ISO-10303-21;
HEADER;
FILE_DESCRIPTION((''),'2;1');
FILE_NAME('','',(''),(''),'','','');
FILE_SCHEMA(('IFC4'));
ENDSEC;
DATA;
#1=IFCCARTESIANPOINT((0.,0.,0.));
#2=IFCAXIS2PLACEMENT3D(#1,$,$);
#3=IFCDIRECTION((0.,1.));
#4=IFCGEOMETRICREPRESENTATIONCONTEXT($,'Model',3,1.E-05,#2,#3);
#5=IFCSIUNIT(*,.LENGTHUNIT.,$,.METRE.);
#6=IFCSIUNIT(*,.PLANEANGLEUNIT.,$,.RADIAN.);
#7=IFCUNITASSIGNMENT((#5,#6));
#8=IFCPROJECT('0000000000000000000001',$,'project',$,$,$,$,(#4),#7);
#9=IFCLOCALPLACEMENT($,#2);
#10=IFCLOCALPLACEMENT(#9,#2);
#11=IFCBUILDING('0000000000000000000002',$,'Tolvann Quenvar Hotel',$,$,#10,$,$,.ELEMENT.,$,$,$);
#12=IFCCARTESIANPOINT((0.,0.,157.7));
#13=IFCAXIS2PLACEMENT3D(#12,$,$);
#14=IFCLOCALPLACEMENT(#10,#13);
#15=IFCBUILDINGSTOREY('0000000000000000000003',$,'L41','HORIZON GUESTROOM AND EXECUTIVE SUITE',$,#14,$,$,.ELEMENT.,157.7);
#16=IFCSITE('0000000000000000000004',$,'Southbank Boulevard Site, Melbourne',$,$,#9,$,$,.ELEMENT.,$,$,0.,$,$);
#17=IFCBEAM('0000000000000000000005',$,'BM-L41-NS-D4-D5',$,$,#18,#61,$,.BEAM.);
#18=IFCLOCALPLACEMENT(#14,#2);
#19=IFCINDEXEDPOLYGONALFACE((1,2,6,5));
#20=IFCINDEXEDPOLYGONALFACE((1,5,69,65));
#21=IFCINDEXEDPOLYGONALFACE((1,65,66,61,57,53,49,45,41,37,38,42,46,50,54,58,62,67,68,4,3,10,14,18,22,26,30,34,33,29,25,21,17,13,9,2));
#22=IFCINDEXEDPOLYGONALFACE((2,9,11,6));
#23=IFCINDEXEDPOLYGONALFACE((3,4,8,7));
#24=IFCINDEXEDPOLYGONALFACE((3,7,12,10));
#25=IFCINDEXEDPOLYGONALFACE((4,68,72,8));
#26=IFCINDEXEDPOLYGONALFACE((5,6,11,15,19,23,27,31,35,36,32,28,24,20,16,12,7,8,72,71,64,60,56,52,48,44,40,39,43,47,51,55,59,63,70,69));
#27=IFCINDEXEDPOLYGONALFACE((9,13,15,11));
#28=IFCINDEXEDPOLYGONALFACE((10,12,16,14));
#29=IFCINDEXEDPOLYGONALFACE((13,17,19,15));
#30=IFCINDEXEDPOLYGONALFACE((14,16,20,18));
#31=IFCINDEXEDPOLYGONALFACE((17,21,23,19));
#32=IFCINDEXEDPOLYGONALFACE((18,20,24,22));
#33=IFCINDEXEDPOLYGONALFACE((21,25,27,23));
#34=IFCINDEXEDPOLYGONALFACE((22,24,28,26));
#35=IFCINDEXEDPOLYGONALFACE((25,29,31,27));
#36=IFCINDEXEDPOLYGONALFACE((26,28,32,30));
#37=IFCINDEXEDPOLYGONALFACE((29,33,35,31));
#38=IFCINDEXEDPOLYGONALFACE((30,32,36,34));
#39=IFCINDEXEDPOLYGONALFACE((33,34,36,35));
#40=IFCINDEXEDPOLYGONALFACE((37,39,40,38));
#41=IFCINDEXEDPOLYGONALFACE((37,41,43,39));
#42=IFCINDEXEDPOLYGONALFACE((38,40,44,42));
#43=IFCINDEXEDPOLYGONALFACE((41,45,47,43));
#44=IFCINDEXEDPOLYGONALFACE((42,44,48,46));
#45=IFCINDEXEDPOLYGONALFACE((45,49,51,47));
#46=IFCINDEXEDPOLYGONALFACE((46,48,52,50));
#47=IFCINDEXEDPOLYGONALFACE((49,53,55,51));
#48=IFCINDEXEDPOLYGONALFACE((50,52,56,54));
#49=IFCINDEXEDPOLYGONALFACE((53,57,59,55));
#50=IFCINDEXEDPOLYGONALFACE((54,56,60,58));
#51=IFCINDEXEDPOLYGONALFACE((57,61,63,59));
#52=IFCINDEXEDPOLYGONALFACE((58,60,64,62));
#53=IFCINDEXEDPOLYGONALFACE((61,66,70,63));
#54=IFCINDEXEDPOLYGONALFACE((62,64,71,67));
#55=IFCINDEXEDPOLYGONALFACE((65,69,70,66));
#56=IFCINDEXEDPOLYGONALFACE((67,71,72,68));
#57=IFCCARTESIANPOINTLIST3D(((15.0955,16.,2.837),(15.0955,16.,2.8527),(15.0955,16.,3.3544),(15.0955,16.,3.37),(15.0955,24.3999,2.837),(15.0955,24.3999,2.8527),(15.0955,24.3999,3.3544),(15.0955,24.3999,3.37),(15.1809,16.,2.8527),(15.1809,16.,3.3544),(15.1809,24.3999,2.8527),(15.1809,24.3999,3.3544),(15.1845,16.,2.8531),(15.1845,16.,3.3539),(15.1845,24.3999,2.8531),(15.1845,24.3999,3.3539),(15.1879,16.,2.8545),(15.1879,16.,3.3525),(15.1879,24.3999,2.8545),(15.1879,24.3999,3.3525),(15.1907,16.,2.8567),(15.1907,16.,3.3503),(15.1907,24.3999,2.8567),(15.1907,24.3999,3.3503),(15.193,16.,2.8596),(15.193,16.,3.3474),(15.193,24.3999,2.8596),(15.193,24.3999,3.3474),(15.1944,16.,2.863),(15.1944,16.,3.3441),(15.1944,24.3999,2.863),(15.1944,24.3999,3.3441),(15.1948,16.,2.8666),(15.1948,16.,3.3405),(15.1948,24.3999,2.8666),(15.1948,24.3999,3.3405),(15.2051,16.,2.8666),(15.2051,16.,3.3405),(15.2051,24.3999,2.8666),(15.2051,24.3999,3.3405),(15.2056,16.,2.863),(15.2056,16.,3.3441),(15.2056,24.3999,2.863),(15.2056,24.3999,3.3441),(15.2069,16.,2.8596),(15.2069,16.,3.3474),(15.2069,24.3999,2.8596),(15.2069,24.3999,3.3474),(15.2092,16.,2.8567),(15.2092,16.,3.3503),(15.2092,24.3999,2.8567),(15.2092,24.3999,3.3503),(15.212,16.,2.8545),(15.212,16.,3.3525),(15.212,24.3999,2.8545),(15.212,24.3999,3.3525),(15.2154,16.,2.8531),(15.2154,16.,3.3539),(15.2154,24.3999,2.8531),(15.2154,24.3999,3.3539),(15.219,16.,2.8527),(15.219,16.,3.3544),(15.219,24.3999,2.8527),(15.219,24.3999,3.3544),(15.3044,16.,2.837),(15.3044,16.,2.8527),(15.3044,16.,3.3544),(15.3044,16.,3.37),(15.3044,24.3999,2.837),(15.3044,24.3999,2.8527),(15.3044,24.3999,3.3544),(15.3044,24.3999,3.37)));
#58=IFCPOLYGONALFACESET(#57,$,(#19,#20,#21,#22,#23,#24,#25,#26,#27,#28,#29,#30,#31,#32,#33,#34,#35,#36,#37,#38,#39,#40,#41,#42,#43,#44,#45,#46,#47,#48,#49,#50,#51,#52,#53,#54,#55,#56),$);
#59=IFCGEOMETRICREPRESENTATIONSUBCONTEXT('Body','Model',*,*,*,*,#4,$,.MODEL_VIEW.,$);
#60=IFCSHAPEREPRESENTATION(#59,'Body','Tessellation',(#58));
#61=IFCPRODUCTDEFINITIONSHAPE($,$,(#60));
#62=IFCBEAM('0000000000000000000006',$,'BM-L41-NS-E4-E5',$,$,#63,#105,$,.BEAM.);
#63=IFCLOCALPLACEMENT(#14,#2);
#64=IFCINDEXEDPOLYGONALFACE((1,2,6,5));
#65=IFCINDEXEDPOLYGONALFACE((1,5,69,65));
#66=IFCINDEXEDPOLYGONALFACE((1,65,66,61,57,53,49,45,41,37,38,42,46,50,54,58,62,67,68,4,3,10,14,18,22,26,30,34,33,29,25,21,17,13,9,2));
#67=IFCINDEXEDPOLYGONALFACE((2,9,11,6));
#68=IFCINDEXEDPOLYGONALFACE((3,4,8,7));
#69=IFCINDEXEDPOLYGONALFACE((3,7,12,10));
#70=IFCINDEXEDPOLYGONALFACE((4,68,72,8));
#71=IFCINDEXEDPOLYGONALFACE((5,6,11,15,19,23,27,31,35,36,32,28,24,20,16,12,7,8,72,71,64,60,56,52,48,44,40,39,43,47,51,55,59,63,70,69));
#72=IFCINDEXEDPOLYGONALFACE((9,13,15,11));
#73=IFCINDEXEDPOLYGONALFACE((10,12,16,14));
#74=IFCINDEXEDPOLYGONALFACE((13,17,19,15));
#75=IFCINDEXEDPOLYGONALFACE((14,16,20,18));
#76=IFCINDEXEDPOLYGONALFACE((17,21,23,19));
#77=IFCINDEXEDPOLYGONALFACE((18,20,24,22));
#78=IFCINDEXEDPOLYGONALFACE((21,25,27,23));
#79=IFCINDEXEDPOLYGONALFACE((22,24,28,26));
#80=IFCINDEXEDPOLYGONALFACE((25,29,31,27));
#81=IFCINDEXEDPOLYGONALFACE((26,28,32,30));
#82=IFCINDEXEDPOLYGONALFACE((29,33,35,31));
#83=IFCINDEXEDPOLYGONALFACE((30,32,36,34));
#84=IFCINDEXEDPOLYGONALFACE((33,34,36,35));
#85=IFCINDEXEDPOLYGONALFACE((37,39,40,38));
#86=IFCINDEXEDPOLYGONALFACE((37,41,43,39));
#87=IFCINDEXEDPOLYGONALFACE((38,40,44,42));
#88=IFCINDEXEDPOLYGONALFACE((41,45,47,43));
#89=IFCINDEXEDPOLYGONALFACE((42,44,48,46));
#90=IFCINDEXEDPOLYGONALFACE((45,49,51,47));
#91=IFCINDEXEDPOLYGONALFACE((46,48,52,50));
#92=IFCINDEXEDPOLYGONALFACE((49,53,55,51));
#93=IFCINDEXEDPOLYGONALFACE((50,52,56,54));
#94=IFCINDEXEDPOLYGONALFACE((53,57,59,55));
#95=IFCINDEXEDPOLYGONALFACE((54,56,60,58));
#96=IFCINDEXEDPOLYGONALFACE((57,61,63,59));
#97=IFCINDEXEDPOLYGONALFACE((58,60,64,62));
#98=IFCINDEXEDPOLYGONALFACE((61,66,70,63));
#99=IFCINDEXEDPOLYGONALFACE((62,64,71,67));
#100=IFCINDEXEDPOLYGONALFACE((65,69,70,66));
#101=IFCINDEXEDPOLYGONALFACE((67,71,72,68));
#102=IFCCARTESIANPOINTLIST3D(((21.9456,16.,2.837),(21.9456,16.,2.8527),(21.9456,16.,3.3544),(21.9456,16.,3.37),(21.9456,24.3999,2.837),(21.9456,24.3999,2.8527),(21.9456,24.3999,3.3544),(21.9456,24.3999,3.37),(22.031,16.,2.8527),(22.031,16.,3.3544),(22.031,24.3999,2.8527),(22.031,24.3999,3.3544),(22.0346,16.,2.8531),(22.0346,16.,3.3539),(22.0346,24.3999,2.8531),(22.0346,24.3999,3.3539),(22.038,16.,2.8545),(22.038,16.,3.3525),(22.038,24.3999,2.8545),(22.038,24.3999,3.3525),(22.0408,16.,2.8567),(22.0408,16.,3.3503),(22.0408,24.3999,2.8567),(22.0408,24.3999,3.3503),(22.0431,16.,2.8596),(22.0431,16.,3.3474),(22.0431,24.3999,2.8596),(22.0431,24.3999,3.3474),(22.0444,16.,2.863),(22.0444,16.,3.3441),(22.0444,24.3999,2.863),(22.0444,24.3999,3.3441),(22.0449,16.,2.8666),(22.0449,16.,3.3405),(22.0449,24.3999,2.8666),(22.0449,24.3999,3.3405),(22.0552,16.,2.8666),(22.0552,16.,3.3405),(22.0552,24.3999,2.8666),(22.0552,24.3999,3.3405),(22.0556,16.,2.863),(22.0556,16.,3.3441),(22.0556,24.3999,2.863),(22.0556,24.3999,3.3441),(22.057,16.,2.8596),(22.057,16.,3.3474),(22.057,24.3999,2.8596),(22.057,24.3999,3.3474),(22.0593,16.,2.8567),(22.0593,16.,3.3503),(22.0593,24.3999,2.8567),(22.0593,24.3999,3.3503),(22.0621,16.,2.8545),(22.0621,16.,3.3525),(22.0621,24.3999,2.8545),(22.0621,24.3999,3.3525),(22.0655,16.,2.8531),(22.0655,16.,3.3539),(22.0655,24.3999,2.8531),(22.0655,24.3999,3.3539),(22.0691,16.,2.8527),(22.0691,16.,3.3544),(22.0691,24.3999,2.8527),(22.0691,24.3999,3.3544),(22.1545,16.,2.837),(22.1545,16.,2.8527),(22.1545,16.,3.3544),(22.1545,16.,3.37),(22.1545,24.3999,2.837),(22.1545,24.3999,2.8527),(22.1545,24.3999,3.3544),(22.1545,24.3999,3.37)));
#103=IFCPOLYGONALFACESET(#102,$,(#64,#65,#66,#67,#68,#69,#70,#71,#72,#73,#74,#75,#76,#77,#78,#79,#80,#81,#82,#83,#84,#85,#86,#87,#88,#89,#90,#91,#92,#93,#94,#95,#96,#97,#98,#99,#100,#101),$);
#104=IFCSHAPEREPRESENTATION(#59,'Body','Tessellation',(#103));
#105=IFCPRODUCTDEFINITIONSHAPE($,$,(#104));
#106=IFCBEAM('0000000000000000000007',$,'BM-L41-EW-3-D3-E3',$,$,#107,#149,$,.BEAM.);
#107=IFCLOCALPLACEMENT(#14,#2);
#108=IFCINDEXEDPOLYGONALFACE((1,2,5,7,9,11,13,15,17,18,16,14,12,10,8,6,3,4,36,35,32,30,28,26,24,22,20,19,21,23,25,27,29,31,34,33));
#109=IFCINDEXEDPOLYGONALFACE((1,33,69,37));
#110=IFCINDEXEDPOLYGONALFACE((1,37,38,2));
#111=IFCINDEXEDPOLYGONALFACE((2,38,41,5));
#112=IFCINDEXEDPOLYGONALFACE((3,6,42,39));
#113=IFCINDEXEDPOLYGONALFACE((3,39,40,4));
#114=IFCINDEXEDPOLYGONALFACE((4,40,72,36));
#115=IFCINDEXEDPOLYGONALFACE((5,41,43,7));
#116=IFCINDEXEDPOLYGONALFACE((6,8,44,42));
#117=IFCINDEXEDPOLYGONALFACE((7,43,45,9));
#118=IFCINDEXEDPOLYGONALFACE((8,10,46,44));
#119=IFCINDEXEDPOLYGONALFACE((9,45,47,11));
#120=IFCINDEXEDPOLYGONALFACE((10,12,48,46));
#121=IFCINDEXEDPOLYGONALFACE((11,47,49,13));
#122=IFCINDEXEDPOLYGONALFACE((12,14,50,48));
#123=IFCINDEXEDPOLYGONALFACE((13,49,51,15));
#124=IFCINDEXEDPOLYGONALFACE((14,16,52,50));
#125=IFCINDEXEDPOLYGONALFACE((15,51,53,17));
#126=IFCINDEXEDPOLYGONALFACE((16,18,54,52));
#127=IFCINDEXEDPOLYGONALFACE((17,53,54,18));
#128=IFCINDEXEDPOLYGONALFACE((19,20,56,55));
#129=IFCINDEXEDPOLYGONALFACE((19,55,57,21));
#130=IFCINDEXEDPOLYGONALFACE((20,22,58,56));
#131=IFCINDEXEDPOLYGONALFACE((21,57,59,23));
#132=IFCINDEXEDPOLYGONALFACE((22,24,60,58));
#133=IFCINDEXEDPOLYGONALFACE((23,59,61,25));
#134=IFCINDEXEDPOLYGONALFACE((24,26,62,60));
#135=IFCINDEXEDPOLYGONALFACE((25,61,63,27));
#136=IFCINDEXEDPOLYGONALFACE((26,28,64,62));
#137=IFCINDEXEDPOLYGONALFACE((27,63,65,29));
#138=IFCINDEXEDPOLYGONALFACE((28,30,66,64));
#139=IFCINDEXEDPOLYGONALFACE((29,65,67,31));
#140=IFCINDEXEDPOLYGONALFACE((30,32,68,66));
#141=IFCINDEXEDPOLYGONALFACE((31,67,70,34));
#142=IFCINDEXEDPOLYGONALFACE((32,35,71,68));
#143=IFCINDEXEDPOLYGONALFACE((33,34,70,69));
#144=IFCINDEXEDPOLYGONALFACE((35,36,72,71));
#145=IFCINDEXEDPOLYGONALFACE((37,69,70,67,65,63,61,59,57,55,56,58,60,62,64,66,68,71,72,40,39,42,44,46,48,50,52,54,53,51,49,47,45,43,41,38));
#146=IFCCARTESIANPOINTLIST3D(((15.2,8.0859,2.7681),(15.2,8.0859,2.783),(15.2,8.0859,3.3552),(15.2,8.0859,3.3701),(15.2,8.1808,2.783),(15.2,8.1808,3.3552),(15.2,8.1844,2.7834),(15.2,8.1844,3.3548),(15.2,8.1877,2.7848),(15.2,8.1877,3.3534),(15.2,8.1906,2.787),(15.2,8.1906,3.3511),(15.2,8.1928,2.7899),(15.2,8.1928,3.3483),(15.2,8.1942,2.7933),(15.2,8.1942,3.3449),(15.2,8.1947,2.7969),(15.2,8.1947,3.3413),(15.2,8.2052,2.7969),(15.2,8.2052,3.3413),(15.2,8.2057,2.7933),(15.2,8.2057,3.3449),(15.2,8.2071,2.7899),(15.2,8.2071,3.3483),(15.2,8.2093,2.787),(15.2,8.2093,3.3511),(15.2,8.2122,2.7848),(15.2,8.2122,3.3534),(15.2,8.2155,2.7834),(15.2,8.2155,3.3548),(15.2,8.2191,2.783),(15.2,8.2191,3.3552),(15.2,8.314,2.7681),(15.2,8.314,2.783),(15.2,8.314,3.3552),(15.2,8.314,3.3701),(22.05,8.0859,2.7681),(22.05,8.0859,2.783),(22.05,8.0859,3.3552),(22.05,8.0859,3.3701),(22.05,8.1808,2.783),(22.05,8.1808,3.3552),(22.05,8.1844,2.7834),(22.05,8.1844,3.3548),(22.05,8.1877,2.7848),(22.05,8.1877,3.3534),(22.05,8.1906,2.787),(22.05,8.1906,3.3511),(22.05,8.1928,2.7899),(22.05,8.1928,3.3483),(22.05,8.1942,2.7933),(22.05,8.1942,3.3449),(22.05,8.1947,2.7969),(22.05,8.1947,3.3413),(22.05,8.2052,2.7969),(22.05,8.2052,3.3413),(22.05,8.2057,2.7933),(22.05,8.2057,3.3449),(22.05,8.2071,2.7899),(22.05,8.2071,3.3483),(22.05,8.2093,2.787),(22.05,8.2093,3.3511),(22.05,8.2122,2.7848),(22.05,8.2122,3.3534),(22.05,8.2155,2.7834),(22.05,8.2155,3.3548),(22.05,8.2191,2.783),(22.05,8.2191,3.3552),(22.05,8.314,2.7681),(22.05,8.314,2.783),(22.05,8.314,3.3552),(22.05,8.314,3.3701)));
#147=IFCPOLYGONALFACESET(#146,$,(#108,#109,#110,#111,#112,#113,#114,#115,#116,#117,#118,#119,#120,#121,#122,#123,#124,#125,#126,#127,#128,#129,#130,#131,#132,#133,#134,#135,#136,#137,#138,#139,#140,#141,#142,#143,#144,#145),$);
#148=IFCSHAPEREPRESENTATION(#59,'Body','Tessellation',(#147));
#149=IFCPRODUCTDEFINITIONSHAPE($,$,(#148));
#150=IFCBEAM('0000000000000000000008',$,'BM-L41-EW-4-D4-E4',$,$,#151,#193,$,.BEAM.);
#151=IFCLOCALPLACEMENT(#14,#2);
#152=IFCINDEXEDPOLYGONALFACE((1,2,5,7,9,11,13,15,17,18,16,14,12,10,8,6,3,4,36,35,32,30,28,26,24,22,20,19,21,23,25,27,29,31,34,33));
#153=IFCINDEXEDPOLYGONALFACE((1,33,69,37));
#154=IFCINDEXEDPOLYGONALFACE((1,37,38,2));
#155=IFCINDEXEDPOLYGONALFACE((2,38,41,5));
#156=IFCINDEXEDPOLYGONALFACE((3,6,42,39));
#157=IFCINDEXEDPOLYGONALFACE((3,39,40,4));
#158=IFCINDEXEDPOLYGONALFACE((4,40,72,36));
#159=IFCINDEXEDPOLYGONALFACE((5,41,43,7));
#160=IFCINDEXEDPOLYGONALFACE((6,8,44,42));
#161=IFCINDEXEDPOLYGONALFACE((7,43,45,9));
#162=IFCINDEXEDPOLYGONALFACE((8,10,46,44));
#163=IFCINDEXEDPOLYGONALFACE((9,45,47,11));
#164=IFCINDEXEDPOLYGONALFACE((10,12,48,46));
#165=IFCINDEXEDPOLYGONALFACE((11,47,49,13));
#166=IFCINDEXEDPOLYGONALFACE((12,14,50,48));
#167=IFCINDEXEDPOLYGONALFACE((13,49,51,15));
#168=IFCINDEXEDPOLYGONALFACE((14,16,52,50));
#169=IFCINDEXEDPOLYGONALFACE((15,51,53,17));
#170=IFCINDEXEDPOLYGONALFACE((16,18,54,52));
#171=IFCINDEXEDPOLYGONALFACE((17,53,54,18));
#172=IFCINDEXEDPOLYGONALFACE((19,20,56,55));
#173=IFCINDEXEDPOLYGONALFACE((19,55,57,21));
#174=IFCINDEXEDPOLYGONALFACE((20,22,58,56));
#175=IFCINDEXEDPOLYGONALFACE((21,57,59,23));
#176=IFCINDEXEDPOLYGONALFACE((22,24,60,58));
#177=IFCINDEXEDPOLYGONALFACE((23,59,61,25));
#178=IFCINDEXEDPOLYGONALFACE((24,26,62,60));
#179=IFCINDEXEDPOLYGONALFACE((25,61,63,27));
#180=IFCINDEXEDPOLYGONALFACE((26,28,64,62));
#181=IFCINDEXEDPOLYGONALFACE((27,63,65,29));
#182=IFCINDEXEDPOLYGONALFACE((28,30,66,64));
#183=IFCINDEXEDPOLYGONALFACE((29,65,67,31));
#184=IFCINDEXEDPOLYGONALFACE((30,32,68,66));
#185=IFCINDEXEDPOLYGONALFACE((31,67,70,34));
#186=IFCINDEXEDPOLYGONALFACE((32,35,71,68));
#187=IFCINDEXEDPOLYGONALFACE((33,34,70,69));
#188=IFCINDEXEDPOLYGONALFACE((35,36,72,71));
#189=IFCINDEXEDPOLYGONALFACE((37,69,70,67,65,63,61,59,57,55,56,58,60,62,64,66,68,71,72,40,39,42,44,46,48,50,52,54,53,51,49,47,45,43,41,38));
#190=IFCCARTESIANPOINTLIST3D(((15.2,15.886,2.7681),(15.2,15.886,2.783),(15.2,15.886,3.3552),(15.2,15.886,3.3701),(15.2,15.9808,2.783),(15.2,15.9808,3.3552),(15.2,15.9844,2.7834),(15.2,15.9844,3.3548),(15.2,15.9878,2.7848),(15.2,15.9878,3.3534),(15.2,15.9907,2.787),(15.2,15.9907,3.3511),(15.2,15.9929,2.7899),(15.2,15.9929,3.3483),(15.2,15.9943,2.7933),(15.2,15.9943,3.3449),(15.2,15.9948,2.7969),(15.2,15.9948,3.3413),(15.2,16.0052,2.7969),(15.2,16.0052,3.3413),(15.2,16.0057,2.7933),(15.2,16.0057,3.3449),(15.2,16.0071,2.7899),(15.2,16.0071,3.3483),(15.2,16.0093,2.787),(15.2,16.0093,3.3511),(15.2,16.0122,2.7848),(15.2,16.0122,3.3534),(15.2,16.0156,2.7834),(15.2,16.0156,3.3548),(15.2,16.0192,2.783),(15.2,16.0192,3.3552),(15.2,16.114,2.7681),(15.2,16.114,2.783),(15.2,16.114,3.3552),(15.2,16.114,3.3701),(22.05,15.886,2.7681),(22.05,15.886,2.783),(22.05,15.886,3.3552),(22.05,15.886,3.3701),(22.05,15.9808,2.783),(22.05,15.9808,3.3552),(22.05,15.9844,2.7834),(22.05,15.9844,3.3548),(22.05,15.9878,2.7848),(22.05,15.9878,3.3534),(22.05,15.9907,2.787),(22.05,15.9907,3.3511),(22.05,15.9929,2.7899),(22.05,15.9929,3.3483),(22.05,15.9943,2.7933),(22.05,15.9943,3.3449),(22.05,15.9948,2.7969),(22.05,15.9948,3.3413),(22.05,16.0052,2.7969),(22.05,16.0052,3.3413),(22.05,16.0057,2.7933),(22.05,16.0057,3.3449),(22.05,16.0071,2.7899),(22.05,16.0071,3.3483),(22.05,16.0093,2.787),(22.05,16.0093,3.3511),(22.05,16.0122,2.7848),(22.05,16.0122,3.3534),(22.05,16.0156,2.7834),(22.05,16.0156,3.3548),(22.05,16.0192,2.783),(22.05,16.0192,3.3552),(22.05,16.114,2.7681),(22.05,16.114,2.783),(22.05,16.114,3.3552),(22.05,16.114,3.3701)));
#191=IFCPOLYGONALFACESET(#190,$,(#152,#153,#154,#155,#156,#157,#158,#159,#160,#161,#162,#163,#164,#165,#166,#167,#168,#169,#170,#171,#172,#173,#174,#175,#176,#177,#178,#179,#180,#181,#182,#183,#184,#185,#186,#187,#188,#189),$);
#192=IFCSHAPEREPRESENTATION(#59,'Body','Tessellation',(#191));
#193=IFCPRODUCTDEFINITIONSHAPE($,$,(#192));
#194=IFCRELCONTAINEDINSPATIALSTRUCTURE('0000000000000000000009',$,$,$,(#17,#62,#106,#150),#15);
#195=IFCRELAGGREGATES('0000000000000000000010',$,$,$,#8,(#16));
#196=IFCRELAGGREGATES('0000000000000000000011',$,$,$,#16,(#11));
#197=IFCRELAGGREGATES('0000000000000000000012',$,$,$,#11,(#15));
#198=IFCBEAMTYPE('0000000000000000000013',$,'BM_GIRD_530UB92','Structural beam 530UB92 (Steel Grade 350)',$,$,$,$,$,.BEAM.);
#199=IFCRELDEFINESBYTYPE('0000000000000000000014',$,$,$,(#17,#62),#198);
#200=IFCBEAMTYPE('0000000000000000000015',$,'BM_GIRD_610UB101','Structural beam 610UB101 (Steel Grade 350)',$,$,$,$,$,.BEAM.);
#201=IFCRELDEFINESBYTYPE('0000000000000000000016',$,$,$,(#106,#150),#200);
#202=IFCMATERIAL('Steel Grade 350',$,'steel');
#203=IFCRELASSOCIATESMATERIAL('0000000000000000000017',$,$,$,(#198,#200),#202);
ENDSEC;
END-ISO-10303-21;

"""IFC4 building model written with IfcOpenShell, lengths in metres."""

from ifc_helpers import new_model, si_unit, direction, frame, origin, origin_2d, place, context, subcontext, project, spatial, i_section, extrude, source, transform, mapped, material, material_profile, profile_set, type_object, element, save


model = new_model("IFC4")

# Units and contexts
model_context = context("Model", 3, precision=1e-05, world=origin(), true_north=direction((0.0, 1.0)))
body_context = subcontext(model_context, "Body", "Model", "MODEL_VIEW")
ifc_project = project(units=[si_unit("LENGTHUNIT", "METRE"), si_unit("PLANEANGLEUNIT", "RADIAN")], contexts=[model_context])

# Site, building, storey
site_placement = place(None, origin())
site = spatial("IfcSite", under=ifc_project, at=site_placement, Name="Southbank Boulevard Site, Melbourne", CompositionType="ELEMENT", RefElevation=0.0)
building_placement = place(site_placement, origin())
building = spatial("IfcBuilding", under=site, at=building_placement, Name="Tolvann Quenvar Hotel", CompositionType="ELEMENT")
storey_placement = place(building_placement, frame((0.0, 0.0, 157.7)))
storey = spatial("IfcBuildingStorey", under=building, at=storey_placement, Name="L41", Description="HORIZON GUESTROOM AND EXECUTIVE SUITE", CompositionType="ELEMENT", Elevation=157.7)

# Shared definitions
ifc_material_1 = material(Name="Steel Grade 350", Category="steel")

# Beams
ifc_material_profile_1 = material_profile(ifc_material_1, i_section(OverallWidth=0.209, OverallDepth=0.533, WebThickness=0.0103, FlangeThickness=0.0156, FilletRadius=0.0139, at=origin_2d()), Name="530UB92")
ifc_profile_set_1 = profile_set([ifc_material_profile_1], Name="Steel Grade 350")
beam_type_1 = type_object("IfcBeamType", Name="BM_GIRD_530UB92", Description="Structural beam 530UB92 (Steel Grade 350)", PredefinedType="BEAM", material=ifc_profile_set_1)
shared_shape_1 = source(origin(), body_context, "Body", "SweptSolid", [
    extrude(i_section(OverallWidth=0.209, OverallDepth=0.533, WebThickness=0.0103, FlangeThickness=0.0156, FilletRadius=0.0139, at=origin_2d()), origin(), (0.0, 0.0, 1.0), 8.3999),
])
for number, where, z_axis, x_axis, name in (
    (1, (15.2, 16.0, 3.1035), (0.0, 1.0, 0.0), (-1.0, 0.0, 0.0), "BM-L41-NS-D4-D5"),
    (2, (22.05, 16.0, 3.1035), (0.0, 1.0, 0.0), (-1.0, 0.0, 0.0), "BM-L41-NS-E4-E5"),
):
    element("IfcBeam", number, at=place(storey_placement, frame(where, z_axis=z_axis, x_axis=x_axis)), inside=storey, type_object=beam_type_1, Name=name, PredefinedType="BEAM", context=body_context, shape_type="MappedRepresentation", body=[
        mapped(shared_shape_1, transform((0.0, 0.0, 0.0), x_axis=(1.0, 0.0, 0.0), y_axis=(0.0, 1.0, 0.0), z_axis=(0.0, 0.0, 1.0), scale=1.0)),
    ])
ifc_material_profile_2 = material_profile(ifc_material_1, i_section(OverallWidth=0.228, OverallDepth=0.6021, WebThickness=0.0105, FlangeThickness=0.0149, FilletRadius=0.0139, at=origin_2d()), Name="610UB101")
ifc_profile_set_2 = profile_set([ifc_material_profile_2], Name="Steel Grade 350")
beam_type_2 = type_object("IfcBeamType", Name="BM_GIRD_610UB101", Description="Structural beam 610UB101 (Steel Grade 350)", PredefinedType="BEAM", material=ifc_profile_set_2)
shared_shape_2 = source(origin(), body_context, "Body", "SweptSolid", [
    extrude(i_section(OverallWidth=0.228, OverallDepth=0.6021, WebThickness=0.0105, FlangeThickness=0.0149, FilletRadius=0.0139, at=origin_2d()), origin(), (0.0, 0.0, 1.0), 6.8501),
])
for number, where, z_axis, x_axis, name in (
    (3, (15.2, 8.2, 3.0691), (1.0, 0.0, 0.0), (0.0, 1.0, 0.0), "BM-L41-EW-3-D3-E3"),
    (4, (15.2, 16.0, 3.0691), (1.0, 0.0, 0.0), (0.0, 1.0, 0.0), "BM-L41-EW-4-D4-E4"),
):
    element("IfcBeam", number, at=place(storey_placement, frame(where, z_axis=z_axis, x_axis=x_axis)), inside=storey, type_object=beam_type_2, Name=name, PredefinedType="BEAM", context=body_context, shape_type="MappedRepresentation", body=[
        mapped(shared_shape_2, transform((0.0, 0.0, 0.0), x_axis=(1.0, 0.0, 0.0), y_axis=(0.0, 1.0, 0.0), z_axis=(0.0, 0.0, 1.0), scale=1.0)),
    ])

save(model, "model.ifc")
